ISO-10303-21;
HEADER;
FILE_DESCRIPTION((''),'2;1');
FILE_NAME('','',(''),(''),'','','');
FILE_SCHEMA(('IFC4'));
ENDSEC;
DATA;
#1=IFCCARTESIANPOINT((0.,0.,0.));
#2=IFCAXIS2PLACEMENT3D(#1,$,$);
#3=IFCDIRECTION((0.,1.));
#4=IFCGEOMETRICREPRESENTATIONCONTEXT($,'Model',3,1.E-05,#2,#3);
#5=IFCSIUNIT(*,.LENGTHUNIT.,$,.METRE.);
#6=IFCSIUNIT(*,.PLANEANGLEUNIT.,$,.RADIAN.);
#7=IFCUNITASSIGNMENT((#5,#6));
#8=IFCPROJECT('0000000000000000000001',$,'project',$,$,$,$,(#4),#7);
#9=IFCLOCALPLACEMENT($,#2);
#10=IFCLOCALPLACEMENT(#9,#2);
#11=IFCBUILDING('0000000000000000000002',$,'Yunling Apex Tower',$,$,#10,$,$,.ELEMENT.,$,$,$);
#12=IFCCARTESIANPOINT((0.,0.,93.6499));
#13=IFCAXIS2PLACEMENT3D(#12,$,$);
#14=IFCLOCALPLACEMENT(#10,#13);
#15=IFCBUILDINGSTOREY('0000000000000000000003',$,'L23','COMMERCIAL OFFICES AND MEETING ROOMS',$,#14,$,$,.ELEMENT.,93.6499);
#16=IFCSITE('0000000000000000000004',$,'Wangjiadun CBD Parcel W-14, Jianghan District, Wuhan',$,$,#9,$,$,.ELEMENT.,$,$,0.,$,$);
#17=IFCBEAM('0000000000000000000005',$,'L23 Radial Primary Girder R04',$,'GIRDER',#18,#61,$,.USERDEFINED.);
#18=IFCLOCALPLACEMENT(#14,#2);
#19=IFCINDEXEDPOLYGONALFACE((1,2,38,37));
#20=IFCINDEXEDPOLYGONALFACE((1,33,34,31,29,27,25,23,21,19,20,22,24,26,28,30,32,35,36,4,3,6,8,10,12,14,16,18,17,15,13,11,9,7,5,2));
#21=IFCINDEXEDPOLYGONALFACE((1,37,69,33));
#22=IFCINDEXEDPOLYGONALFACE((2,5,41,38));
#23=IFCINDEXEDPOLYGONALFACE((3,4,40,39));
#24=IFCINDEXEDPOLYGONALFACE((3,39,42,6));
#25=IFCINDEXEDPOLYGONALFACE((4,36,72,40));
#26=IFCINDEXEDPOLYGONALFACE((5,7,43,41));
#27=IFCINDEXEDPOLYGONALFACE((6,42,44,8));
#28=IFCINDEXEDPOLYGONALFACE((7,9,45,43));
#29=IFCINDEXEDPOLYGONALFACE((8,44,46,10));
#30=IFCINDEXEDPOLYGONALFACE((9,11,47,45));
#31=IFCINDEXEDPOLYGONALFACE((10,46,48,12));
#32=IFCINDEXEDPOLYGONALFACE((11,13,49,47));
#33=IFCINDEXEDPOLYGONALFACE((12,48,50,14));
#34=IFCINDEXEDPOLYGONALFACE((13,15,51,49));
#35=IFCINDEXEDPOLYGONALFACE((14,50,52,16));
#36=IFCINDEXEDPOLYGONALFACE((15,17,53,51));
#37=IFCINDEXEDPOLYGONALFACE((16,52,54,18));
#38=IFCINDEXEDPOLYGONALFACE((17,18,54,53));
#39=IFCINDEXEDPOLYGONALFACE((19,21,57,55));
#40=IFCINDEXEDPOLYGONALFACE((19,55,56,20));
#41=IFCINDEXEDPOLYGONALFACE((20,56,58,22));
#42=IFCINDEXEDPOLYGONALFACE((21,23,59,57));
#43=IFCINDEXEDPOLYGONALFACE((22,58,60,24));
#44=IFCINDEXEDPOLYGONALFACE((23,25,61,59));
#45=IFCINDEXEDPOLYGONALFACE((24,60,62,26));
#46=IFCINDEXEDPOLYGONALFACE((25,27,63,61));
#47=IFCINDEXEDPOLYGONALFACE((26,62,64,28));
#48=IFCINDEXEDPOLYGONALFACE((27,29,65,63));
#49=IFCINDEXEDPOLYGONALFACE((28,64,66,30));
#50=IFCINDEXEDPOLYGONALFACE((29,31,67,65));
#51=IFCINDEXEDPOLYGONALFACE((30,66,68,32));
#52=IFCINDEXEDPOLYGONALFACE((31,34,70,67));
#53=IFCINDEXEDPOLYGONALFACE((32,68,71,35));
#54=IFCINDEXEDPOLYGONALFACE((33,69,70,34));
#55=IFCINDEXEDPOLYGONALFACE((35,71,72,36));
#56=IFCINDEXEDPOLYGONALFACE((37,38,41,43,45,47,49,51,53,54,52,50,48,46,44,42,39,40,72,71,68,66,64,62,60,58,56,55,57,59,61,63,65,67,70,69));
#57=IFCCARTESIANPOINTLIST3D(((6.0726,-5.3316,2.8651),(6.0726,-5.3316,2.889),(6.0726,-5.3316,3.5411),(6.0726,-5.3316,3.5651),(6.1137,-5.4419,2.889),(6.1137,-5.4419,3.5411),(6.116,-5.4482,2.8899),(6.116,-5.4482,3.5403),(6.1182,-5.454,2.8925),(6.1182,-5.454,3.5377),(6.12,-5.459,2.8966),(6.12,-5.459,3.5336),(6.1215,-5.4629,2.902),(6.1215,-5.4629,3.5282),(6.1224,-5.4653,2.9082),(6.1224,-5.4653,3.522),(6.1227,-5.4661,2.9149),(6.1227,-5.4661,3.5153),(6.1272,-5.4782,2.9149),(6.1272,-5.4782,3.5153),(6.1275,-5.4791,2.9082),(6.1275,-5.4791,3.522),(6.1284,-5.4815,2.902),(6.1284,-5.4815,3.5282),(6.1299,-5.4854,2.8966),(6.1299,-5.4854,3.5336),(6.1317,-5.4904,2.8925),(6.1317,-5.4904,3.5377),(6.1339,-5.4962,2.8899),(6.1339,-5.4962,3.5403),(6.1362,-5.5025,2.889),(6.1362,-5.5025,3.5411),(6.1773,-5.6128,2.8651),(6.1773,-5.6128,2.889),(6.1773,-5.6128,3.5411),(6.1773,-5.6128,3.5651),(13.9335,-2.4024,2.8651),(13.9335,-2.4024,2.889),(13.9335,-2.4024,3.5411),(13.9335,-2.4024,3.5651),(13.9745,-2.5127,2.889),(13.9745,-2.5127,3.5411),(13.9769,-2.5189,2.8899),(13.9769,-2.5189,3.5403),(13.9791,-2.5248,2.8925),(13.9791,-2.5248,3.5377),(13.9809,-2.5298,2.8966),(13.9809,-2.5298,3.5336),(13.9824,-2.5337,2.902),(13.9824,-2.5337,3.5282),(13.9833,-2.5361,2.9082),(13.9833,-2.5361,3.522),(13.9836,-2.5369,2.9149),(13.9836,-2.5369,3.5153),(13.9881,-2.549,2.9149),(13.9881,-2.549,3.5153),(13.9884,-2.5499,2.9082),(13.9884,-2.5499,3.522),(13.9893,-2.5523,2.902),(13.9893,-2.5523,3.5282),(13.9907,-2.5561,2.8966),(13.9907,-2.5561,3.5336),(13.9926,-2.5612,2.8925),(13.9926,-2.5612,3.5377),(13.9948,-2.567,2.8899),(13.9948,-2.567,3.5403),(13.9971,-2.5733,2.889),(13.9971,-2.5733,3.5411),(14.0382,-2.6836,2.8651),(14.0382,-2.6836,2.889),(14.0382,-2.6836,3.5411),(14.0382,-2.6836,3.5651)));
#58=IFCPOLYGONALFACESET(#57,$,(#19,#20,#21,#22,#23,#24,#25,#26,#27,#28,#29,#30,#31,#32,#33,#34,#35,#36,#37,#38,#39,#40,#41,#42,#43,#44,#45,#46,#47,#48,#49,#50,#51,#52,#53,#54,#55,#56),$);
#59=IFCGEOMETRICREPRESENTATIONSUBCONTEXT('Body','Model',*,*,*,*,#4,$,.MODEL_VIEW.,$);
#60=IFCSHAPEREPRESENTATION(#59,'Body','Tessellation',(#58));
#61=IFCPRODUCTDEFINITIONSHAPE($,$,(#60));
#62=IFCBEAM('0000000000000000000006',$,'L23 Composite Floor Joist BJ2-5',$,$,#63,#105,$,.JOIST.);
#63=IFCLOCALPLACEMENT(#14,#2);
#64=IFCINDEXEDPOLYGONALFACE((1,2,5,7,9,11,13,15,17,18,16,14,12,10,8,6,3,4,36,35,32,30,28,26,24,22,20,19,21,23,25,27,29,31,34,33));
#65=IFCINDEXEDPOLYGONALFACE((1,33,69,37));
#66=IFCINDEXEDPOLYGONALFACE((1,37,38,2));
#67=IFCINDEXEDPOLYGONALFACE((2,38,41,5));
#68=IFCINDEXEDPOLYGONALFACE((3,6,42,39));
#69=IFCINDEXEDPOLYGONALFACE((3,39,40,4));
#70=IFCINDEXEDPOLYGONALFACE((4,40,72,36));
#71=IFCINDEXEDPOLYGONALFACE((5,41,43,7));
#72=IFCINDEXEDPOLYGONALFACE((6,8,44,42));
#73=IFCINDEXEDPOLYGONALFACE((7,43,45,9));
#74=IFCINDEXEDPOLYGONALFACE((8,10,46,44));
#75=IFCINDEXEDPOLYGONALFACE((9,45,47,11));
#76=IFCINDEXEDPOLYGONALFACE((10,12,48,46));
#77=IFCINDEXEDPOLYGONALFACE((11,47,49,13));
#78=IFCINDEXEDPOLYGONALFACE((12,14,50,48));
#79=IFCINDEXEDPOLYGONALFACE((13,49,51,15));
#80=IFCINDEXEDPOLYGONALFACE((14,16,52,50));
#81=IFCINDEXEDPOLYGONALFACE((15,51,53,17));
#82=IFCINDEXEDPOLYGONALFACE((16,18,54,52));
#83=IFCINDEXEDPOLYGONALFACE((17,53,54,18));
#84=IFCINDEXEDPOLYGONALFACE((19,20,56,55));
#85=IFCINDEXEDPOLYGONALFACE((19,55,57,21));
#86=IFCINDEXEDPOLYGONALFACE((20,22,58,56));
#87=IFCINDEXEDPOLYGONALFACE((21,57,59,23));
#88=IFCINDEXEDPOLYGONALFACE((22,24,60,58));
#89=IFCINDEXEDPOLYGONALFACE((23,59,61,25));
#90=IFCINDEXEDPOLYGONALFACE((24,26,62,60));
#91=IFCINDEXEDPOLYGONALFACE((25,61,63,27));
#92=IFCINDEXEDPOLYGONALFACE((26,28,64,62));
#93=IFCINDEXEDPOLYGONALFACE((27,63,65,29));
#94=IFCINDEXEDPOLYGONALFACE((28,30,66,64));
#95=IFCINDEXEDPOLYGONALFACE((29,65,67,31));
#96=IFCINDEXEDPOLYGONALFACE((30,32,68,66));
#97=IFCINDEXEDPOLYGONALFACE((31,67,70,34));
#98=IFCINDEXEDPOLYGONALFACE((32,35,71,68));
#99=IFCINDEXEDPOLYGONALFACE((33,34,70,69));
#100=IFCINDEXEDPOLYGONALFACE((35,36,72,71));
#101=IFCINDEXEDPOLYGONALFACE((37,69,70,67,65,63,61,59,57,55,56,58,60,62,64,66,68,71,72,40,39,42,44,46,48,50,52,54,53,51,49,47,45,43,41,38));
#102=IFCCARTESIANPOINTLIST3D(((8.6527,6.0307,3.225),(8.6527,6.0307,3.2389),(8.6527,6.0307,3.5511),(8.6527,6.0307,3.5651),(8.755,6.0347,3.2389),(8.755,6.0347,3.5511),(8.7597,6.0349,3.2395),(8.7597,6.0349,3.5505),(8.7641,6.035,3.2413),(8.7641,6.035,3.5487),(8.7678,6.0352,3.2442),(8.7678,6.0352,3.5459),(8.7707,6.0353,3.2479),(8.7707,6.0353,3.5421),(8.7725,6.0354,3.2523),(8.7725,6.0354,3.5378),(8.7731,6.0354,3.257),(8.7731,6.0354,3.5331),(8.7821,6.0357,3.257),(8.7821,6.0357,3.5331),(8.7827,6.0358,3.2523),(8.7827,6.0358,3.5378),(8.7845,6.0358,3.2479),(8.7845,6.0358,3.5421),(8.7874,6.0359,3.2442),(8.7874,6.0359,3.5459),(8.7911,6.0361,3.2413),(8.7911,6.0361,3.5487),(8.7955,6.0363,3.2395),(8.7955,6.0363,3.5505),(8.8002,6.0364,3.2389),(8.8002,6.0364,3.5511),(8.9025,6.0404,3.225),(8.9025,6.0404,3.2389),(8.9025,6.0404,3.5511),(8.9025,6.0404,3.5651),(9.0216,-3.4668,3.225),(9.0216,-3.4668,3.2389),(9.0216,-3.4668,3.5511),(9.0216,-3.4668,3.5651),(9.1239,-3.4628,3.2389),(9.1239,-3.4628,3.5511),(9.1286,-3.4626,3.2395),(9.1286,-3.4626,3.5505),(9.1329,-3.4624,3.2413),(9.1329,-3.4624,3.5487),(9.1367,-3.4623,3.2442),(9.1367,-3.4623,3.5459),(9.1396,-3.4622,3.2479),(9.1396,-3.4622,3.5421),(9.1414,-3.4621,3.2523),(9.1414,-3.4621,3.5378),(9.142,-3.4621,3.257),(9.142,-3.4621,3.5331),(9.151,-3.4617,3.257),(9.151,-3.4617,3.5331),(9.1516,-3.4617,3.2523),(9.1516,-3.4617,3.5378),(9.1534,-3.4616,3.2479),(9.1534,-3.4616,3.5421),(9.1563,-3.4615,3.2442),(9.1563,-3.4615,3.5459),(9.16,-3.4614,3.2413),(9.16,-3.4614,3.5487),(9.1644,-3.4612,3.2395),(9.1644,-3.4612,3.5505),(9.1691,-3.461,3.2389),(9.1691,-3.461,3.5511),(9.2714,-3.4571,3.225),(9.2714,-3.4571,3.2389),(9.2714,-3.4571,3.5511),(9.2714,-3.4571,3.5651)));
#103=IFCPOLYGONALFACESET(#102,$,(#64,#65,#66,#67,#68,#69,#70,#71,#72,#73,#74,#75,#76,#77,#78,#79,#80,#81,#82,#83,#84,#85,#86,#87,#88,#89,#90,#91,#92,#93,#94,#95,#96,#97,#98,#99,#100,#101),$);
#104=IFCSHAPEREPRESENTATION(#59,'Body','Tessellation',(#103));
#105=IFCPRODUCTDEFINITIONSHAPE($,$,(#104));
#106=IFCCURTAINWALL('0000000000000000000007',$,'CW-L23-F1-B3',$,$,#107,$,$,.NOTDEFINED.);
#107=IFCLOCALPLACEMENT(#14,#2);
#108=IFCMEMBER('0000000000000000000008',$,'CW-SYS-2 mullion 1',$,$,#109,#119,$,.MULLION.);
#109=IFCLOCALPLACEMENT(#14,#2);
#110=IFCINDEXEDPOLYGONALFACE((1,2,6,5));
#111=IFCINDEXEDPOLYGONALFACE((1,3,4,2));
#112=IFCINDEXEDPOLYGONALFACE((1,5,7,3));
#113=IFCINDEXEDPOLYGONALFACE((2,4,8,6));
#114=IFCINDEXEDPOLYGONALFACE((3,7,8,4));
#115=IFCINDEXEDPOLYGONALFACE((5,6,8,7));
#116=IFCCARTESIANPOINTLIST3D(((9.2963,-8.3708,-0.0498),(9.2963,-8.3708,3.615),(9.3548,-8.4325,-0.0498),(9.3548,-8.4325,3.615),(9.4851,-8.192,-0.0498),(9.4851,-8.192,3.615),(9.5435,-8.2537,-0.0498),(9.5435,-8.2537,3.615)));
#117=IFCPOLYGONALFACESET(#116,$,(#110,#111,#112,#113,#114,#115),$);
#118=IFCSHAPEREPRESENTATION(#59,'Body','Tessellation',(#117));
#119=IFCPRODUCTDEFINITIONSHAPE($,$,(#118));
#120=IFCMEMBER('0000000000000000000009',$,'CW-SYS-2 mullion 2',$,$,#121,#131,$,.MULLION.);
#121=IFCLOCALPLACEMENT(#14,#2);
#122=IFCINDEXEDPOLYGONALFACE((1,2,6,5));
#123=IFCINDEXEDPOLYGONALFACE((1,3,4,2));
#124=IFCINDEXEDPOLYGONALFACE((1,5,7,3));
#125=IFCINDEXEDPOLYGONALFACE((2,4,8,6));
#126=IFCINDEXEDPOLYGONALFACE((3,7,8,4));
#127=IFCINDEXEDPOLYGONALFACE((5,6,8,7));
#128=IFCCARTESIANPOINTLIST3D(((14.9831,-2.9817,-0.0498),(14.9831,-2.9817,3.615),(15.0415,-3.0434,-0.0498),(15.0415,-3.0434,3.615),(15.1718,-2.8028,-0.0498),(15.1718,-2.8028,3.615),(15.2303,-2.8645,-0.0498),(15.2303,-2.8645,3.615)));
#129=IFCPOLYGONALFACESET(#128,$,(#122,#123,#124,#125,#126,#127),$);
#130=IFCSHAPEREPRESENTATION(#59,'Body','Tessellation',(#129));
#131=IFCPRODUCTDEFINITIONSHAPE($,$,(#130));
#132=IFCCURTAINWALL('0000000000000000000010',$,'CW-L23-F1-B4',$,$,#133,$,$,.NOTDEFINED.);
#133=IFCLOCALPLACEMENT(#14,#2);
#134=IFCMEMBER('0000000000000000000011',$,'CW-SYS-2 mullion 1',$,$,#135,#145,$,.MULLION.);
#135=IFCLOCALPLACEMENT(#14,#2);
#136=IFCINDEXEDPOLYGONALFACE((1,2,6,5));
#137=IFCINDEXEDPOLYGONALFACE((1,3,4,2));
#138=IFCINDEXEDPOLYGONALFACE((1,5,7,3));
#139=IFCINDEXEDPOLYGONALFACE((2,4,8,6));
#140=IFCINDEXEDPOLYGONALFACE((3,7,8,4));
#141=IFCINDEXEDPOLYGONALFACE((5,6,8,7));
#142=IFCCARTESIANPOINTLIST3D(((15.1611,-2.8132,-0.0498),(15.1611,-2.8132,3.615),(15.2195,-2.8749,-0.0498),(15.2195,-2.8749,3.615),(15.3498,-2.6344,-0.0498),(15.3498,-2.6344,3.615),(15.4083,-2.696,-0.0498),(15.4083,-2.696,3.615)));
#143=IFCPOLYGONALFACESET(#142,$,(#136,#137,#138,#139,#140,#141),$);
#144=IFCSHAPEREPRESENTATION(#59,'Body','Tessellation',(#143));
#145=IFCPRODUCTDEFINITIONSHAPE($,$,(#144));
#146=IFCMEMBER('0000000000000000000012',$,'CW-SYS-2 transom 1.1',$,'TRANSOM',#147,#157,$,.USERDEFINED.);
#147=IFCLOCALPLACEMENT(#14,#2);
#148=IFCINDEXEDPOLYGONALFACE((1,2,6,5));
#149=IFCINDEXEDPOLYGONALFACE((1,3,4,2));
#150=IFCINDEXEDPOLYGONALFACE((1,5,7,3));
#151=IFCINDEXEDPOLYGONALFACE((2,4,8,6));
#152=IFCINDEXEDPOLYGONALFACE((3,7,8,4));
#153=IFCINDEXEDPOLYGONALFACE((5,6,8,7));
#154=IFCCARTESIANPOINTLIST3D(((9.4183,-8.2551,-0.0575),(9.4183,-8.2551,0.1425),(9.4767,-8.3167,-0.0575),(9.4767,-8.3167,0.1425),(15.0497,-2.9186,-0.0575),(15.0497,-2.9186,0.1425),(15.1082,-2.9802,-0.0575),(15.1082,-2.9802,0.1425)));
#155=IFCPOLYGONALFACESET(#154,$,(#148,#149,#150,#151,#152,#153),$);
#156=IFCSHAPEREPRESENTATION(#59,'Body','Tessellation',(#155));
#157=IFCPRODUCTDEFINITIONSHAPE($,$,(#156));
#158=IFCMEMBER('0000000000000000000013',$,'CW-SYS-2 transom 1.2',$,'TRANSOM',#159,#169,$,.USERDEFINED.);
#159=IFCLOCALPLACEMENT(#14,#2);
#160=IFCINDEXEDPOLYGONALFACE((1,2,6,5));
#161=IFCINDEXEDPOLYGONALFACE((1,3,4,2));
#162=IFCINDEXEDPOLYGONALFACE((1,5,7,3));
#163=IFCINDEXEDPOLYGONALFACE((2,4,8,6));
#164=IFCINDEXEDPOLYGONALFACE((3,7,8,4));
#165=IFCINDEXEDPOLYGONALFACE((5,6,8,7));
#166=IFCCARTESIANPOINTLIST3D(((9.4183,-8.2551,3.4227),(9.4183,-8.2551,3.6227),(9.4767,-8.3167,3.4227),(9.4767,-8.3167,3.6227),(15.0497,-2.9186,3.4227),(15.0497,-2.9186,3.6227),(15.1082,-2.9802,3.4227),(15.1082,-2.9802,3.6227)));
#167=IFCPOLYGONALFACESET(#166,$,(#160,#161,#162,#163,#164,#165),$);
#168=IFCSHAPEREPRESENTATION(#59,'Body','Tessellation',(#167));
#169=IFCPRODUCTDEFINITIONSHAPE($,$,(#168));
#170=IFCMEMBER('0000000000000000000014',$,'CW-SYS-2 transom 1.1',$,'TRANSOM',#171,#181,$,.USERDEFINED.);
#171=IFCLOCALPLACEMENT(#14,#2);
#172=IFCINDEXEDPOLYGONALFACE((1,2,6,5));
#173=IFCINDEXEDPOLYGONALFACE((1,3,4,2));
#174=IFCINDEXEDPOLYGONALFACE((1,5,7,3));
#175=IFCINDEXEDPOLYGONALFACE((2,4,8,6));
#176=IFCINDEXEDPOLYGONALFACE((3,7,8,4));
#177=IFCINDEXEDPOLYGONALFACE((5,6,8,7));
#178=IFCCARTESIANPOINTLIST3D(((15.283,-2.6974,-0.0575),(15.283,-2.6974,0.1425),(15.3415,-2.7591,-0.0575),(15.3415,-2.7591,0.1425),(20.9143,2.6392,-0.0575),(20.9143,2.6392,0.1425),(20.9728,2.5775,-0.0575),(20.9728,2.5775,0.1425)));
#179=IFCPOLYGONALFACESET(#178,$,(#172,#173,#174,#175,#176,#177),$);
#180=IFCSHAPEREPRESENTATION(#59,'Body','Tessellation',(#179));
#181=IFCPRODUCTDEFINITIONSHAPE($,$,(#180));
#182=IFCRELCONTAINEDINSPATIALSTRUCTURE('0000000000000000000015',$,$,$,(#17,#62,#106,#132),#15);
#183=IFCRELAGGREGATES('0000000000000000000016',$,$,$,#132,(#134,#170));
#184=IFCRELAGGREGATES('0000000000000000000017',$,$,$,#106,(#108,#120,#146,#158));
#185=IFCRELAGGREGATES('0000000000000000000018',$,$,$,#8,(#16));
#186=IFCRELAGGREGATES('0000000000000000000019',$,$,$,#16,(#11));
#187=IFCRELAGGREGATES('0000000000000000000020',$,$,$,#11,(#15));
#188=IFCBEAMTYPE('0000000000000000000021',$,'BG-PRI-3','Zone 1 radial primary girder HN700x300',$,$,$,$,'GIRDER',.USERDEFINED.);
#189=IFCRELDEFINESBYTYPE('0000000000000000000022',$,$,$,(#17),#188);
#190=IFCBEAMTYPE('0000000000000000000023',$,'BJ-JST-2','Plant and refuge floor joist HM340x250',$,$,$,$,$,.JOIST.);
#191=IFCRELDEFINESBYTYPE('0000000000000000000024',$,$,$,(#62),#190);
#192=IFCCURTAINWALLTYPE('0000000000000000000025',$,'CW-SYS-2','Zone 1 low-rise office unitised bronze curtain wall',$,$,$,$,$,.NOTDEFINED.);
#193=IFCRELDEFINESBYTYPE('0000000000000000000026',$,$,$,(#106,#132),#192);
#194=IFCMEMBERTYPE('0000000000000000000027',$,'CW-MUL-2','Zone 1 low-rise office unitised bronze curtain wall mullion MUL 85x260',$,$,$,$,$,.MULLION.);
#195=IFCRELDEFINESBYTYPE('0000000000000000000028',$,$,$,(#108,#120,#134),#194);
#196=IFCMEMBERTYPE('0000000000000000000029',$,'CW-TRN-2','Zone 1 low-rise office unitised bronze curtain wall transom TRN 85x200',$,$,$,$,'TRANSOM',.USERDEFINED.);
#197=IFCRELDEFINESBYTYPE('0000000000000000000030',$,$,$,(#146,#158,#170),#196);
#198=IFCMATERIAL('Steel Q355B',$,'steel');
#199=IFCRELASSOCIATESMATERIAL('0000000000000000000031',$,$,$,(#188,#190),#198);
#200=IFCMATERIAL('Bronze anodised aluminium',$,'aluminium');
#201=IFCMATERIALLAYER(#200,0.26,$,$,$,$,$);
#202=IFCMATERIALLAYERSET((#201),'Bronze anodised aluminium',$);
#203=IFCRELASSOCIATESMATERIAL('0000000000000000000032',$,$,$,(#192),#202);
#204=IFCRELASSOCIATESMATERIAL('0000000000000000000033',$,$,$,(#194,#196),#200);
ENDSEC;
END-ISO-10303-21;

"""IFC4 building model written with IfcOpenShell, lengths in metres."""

from ifc_helpers import new_model, si_unit, direction, frame, origin, origin_2d, place, context, subcontext, project, spatial, rectangle, i_section, extrude, source, transform, mapped, material, layer, layer_set, material_profile, profile_set, type_object, element, aggregate, save


model = new_model("IFC4")

# Units and contexts
model_context = context("Model", 3, precision=1e-05, world=origin(), true_north=direction((0.0, 1.0)))
body_context = subcontext(model_context, "Body", "Model", "MODEL_VIEW")
ifc_project = project(units=[si_unit("LENGTHUNIT", "METRE"), si_unit("PLANEANGLEUNIT", "RADIAN")], contexts=[model_context])

# Site, building, storey
site_placement = place(None, origin())
site = spatial("IfcSite", under=ifc_project, at=site_placement, Name="Wangjiadun CBD Parcel W-14, Jianghan District, Wuhan", CompositionType="ELEMENT", RefElevation=0.0)
building_placement = place(site_placement, origin())
building = spatial("IfcBuilding", under=site, at=building_placement, Name="Yunling Apex Tower", CompositionType="ELEMENT")
storey_placement = place(building_placement, frame((0.0, 0.0, 93.6499)))
storey = spatial("IfcBuildingStorey", under=building, at=storey_placement, Name="L23", Description="COMMERCIAL OFFICES AND MEETING ROOMS", CompositionType="ELEMENT", Elevation=93.6499)

# Beams
ifc_material_1 = material(Name="Steel Q355B", Category="steel")
ifc_material_profile_1 = material_profile(ifc_material_1, i_section(OverallWidth=0.3, OverallDepth=0.7, WebThickness=0.0129, FlangeThickness=0.0239, FilletRadius=0.0259, at=origin_2d()))
ifc_profile_set_1 = profile_set([ifc_material_profile_1], Name="Steel Q355B")
beam_type_1 = type_object("IfcBeamType", Name="BG-PRI-3", Description="Zone 1 radial primary girder HN700x300", ElementType="GIRDER", PredefinedType="USERDEFINED", material=ifc_profile_set_1)
shared_shape_1 = source(origin(), body_context, "Body", "SweptSolid", [
    extrude(i_section(OverallWidth=0.3, OverallDepth=0.7, WebThickness=0.0129, FlangeThickness=0.0239, FilletRadius=0.0259, at=origin_2d()), origin(), (0.0, 0.0, 1.0), 8.3889),
])
beam_1_placement = place(storey_placement, frame((13.9858, -2.543, 3.2151), z_axis=(-0.937057, -0.349177, 0.0), x_axis=(0.349177, -0.937057, 0.0)))
element("IfcBeam", 1, at=beam_1_placement, inside=storey, type_object=beam_type_1, Name="L23 Radial Primary Girder R04", ObjectType="GIRDER", PredefinedType="USERDEFINED", context=body_context, shape_type="MappedRepresentation", body=[
    mapped(shared_shape_1, transform((0.0, 0.0, 0.0), scale=1.0)),
])
ifc_material_profile_2 = material_profile(ifc_material_1, i_section(OverallWidth=0.25, OverallDepth=0.3401, WebThickness=0.009, FlangeThickness=0.0139, FilletRadius=0.0181, at=origin_2d()))
ifc_profile_set_2 = profile_set([ifc_material_profile_2], Name="Steel Q355B")
beam_type_2 = type_object("IfcBeamType", Name="BJ-JST-2", Description="Plant and refuge floor joist HM340x250", PredefinedType="JOIST", material=ifc_profile_set_2)
shared_shape_2 = source(origin(), body_context, "Body", "SweptSolid", [
    extrude(i_section(OverallWidth=0.25, OverallDepth=0.3401, WebThickness=0.009, FlangeThickness=0.0139, FilletRadius=0.0181, at=origin_2d()), origin(), (0.0, 0.0, 1.0), 9.5046),
])
beam_2_placement = place(storey_placement, frame((9.1465, -3.4619, 3.395), z_axis=(-0.038812, 0.999247, 0.0), x_axis=(-0.999247, -0.038812, 0.0)))
element("IfcBeam", 2, at=beam_2_placement, inside=storey, type_object=beam_type_2, Name="L23 Composite Floor Joist BJ2-5", PredefinedType="JOIST", context=body_context, shape_type="MappedRepresentation", body=[
    mapped(shared_shape_2, transform((0.0, 0.0, 0.0), scale=1.0)),
])

# Curtain wall, members
ifc_material_2 = material(Name="Bronze anodised aluminium", Category="aluminium")
ifc_layer_1 = layer(ifc_material_2, 0.26)
ifc_layer_set_1 = layer_set([ifc_layer_1], Name="Bronze anodised aluminium")
curtain_wall_type = type_object("IfcCurtainWallType", Name="CW-SYS-2", Description="Zone 1 low-rise office unitised bronze curtain wall", PredefinedType="NOTDEFINED", material=ifc_layer_set_1)
curtain_wall_1_placement = place(storey_placement, origin())
curtain_wall_1 = element("IfcCurtainWall", 3, at=curtain_wall_1_placement, inside=storey, type_object=curtain_wall_type, Name="CW-L23-F1-B3", PredefinedType="NOTDEFINED")
ifc_material_profile_3 = material_profile(ifc_material_2, rectangle(XDim=0.085, YDim=0.26, at=origin_2d()))
ifc_profile_set_3 = profile_set([ifc_material_profile_3], Name="Bronze anodised aluminium")
member_type_1 = type_object("IfcMemberType", Name="CW-MUL-2", Description="Zone 1 low-rise office unitised bronze curtain wall mullion MUL 85x260", PredefinedType="MULLION", material=ifc_profile_set_3)
shared_shape_3 = source(origin(), body_context, "Body", "SweptSolid", [
    extrude(rectangle(XDim=0.085, YDim=0.26, at=origin_2d()), origin(), (0.0, 0.0, 1.0), 3.6648),
])
member_1_placement = place(storey_placement, frame((9.4199, -8.3123, -0.0498), z_axis=(0.0, 0.0, 1.0), x_axis=(-0.687861, 0.725842, 0.0)))
member_1 = element("IfcMember", 4, at=member_1_placement, type_object=member_type_1, Name="CW-SYS-2 mullion 1", PredefinedType="MULLION", context=body_context, shape_type="MappedRepresentation", body=[
    mapped(shared_shape_3, transform((0.0, 0.0, 0.0), scale=1.0)),
])
member_2_placement = place(storey_placement, frame((15.1067, -2.9231, -0.0498), z_axis=(0.0, 0.0, 1.0), x_axis=(-0.687861, 0.725842, 0.0)))
member_2 = element("IfcMember", 5, at=member_2_placement, type_object=member_type_1, Name="CW-SYS-2 mullion 2", PredefinedType="MULLION", context=body_context, shape_type="MappedRepresentation", body=[
    mapped(shared_shape_3, transform((0.0, 0.0, 0.0), scale=1.0)),
])

# Curtain wall, member
curtain_wall_2_placement = place(storey_placement, origin())
curtain_wall_2 = element("IfcCurtainWall", 6, at=curtain_wall_2_placement, inside=storey, type_object=curtain_wall_type, Name="CW-L23-F1-B4", PredefinedType="NOTDEFINED")
member_3_placement = place(storey_placement, frame((15.2847, -2.7546, -0.0498), z_axis=(0.0, 0.0, 1.0), x_axis=(-0.687861, 0.725842, 0.0)))
member_3 = element("IfcMember", 7, at=member_3_placement, type_object=member_type_1, Name="CW-SYS-2 mullion 1", PredefinedType="MULLION", context=body_context, shape_type="MappedRepresentation", body=[
    mapped(shared_shape_3, transform((0.0, 0.0, 0.0), scale=1.0)),
])

# Members
ifc_material_profile_4 = material_profile(ifc_material_2, rectangle(XDim=0.085, YDim=0.2, at=origin_2d()))
ifc_profile_set_4 = profile_set([ifc_material_profile_4], Name="Bronze anodised aluminium")
member_type_2 = type_object("IfcMemberType", Name="CW-TRN-2", Description="Zone 1 low-rise office unitised bronze curtain wall transom TRN 85x200", ElementType="TRANSOM", PredefinedType="USERDEFINED", material=ifc_profile_set_4)
shared_shape_4 = source(origin(), body_context, "Body", "SweptSolid", [
    extrude(rectangle(XDim=0.085, YDim=0.2, at=origin_2d()), origin(), (0.0, 0.0, 1.0), 7.7583),
])
member_4_placement = place(storey_placement, frame((9.4475, -8.2859, 0.0425), z_axis=(0.725858, 0.687844, 0.0), x_axis=(-0.687844, 0.725858, 0.0)))
member_4 = element("IfcMember", 8, at=member_4_placement, type_object=member_type_2, Name="CW-SYS-2 transom 1.1", ObjectType="TRANSOM", PredefinedType="USERDEFINED", context=body_context, shape_type="MappedRepresentation", body=[
    mapped(shared_shape_4, transform((0.0, 0.0, 0.0), scale=1.0)),
])
member_5_placement = place(storey_placement, frame((9.4475, -8.2859, 3.5227), z_axis=(0.725858, 0.687844, 0.0), x_axis=(-0.687844, 0.725858, 0.0)))
member_5 = element("IfcMember", 9, at=member_5_placement, type_object=member_type_2, Name="CW-SYS-2 transom 1.2", ObjectType="TRANSOM", PredefinedType="USERDEFINED", context=body_context, shape_type="MappedRepresentation", body=[
    mapped(shared_shape_4, transform((0.0, 0.0, 0.0), scale=1.0)),
])
member_6_placement = place(storey_placement, frame((15.3123, -2.7283, 0.0425), z_axis=(0.725843, 0.687861, 0.0), x_axis=(-0.687861, 0.725843, 0.0)))
member_6 = element("IfcMember", 10, at=member_6_placement, type_object=member_type_2, Name="CW-SYS-2 transom 1.1", ObjectType="TRANSOM", PredefinedType="USERDEFINED", context=body_context, shape_type="MappedRepresentation", body=[
    mapped(shared_shape_4, transform((0.0, 0.0, 0.0), scale=1.0)),
])
aggregate(curtain_wall_2, [member_3, member_6])

aggregate(curtain_wall_1, [member_1, member_2, member_4, member_5])

save(model, "model.ifc")
